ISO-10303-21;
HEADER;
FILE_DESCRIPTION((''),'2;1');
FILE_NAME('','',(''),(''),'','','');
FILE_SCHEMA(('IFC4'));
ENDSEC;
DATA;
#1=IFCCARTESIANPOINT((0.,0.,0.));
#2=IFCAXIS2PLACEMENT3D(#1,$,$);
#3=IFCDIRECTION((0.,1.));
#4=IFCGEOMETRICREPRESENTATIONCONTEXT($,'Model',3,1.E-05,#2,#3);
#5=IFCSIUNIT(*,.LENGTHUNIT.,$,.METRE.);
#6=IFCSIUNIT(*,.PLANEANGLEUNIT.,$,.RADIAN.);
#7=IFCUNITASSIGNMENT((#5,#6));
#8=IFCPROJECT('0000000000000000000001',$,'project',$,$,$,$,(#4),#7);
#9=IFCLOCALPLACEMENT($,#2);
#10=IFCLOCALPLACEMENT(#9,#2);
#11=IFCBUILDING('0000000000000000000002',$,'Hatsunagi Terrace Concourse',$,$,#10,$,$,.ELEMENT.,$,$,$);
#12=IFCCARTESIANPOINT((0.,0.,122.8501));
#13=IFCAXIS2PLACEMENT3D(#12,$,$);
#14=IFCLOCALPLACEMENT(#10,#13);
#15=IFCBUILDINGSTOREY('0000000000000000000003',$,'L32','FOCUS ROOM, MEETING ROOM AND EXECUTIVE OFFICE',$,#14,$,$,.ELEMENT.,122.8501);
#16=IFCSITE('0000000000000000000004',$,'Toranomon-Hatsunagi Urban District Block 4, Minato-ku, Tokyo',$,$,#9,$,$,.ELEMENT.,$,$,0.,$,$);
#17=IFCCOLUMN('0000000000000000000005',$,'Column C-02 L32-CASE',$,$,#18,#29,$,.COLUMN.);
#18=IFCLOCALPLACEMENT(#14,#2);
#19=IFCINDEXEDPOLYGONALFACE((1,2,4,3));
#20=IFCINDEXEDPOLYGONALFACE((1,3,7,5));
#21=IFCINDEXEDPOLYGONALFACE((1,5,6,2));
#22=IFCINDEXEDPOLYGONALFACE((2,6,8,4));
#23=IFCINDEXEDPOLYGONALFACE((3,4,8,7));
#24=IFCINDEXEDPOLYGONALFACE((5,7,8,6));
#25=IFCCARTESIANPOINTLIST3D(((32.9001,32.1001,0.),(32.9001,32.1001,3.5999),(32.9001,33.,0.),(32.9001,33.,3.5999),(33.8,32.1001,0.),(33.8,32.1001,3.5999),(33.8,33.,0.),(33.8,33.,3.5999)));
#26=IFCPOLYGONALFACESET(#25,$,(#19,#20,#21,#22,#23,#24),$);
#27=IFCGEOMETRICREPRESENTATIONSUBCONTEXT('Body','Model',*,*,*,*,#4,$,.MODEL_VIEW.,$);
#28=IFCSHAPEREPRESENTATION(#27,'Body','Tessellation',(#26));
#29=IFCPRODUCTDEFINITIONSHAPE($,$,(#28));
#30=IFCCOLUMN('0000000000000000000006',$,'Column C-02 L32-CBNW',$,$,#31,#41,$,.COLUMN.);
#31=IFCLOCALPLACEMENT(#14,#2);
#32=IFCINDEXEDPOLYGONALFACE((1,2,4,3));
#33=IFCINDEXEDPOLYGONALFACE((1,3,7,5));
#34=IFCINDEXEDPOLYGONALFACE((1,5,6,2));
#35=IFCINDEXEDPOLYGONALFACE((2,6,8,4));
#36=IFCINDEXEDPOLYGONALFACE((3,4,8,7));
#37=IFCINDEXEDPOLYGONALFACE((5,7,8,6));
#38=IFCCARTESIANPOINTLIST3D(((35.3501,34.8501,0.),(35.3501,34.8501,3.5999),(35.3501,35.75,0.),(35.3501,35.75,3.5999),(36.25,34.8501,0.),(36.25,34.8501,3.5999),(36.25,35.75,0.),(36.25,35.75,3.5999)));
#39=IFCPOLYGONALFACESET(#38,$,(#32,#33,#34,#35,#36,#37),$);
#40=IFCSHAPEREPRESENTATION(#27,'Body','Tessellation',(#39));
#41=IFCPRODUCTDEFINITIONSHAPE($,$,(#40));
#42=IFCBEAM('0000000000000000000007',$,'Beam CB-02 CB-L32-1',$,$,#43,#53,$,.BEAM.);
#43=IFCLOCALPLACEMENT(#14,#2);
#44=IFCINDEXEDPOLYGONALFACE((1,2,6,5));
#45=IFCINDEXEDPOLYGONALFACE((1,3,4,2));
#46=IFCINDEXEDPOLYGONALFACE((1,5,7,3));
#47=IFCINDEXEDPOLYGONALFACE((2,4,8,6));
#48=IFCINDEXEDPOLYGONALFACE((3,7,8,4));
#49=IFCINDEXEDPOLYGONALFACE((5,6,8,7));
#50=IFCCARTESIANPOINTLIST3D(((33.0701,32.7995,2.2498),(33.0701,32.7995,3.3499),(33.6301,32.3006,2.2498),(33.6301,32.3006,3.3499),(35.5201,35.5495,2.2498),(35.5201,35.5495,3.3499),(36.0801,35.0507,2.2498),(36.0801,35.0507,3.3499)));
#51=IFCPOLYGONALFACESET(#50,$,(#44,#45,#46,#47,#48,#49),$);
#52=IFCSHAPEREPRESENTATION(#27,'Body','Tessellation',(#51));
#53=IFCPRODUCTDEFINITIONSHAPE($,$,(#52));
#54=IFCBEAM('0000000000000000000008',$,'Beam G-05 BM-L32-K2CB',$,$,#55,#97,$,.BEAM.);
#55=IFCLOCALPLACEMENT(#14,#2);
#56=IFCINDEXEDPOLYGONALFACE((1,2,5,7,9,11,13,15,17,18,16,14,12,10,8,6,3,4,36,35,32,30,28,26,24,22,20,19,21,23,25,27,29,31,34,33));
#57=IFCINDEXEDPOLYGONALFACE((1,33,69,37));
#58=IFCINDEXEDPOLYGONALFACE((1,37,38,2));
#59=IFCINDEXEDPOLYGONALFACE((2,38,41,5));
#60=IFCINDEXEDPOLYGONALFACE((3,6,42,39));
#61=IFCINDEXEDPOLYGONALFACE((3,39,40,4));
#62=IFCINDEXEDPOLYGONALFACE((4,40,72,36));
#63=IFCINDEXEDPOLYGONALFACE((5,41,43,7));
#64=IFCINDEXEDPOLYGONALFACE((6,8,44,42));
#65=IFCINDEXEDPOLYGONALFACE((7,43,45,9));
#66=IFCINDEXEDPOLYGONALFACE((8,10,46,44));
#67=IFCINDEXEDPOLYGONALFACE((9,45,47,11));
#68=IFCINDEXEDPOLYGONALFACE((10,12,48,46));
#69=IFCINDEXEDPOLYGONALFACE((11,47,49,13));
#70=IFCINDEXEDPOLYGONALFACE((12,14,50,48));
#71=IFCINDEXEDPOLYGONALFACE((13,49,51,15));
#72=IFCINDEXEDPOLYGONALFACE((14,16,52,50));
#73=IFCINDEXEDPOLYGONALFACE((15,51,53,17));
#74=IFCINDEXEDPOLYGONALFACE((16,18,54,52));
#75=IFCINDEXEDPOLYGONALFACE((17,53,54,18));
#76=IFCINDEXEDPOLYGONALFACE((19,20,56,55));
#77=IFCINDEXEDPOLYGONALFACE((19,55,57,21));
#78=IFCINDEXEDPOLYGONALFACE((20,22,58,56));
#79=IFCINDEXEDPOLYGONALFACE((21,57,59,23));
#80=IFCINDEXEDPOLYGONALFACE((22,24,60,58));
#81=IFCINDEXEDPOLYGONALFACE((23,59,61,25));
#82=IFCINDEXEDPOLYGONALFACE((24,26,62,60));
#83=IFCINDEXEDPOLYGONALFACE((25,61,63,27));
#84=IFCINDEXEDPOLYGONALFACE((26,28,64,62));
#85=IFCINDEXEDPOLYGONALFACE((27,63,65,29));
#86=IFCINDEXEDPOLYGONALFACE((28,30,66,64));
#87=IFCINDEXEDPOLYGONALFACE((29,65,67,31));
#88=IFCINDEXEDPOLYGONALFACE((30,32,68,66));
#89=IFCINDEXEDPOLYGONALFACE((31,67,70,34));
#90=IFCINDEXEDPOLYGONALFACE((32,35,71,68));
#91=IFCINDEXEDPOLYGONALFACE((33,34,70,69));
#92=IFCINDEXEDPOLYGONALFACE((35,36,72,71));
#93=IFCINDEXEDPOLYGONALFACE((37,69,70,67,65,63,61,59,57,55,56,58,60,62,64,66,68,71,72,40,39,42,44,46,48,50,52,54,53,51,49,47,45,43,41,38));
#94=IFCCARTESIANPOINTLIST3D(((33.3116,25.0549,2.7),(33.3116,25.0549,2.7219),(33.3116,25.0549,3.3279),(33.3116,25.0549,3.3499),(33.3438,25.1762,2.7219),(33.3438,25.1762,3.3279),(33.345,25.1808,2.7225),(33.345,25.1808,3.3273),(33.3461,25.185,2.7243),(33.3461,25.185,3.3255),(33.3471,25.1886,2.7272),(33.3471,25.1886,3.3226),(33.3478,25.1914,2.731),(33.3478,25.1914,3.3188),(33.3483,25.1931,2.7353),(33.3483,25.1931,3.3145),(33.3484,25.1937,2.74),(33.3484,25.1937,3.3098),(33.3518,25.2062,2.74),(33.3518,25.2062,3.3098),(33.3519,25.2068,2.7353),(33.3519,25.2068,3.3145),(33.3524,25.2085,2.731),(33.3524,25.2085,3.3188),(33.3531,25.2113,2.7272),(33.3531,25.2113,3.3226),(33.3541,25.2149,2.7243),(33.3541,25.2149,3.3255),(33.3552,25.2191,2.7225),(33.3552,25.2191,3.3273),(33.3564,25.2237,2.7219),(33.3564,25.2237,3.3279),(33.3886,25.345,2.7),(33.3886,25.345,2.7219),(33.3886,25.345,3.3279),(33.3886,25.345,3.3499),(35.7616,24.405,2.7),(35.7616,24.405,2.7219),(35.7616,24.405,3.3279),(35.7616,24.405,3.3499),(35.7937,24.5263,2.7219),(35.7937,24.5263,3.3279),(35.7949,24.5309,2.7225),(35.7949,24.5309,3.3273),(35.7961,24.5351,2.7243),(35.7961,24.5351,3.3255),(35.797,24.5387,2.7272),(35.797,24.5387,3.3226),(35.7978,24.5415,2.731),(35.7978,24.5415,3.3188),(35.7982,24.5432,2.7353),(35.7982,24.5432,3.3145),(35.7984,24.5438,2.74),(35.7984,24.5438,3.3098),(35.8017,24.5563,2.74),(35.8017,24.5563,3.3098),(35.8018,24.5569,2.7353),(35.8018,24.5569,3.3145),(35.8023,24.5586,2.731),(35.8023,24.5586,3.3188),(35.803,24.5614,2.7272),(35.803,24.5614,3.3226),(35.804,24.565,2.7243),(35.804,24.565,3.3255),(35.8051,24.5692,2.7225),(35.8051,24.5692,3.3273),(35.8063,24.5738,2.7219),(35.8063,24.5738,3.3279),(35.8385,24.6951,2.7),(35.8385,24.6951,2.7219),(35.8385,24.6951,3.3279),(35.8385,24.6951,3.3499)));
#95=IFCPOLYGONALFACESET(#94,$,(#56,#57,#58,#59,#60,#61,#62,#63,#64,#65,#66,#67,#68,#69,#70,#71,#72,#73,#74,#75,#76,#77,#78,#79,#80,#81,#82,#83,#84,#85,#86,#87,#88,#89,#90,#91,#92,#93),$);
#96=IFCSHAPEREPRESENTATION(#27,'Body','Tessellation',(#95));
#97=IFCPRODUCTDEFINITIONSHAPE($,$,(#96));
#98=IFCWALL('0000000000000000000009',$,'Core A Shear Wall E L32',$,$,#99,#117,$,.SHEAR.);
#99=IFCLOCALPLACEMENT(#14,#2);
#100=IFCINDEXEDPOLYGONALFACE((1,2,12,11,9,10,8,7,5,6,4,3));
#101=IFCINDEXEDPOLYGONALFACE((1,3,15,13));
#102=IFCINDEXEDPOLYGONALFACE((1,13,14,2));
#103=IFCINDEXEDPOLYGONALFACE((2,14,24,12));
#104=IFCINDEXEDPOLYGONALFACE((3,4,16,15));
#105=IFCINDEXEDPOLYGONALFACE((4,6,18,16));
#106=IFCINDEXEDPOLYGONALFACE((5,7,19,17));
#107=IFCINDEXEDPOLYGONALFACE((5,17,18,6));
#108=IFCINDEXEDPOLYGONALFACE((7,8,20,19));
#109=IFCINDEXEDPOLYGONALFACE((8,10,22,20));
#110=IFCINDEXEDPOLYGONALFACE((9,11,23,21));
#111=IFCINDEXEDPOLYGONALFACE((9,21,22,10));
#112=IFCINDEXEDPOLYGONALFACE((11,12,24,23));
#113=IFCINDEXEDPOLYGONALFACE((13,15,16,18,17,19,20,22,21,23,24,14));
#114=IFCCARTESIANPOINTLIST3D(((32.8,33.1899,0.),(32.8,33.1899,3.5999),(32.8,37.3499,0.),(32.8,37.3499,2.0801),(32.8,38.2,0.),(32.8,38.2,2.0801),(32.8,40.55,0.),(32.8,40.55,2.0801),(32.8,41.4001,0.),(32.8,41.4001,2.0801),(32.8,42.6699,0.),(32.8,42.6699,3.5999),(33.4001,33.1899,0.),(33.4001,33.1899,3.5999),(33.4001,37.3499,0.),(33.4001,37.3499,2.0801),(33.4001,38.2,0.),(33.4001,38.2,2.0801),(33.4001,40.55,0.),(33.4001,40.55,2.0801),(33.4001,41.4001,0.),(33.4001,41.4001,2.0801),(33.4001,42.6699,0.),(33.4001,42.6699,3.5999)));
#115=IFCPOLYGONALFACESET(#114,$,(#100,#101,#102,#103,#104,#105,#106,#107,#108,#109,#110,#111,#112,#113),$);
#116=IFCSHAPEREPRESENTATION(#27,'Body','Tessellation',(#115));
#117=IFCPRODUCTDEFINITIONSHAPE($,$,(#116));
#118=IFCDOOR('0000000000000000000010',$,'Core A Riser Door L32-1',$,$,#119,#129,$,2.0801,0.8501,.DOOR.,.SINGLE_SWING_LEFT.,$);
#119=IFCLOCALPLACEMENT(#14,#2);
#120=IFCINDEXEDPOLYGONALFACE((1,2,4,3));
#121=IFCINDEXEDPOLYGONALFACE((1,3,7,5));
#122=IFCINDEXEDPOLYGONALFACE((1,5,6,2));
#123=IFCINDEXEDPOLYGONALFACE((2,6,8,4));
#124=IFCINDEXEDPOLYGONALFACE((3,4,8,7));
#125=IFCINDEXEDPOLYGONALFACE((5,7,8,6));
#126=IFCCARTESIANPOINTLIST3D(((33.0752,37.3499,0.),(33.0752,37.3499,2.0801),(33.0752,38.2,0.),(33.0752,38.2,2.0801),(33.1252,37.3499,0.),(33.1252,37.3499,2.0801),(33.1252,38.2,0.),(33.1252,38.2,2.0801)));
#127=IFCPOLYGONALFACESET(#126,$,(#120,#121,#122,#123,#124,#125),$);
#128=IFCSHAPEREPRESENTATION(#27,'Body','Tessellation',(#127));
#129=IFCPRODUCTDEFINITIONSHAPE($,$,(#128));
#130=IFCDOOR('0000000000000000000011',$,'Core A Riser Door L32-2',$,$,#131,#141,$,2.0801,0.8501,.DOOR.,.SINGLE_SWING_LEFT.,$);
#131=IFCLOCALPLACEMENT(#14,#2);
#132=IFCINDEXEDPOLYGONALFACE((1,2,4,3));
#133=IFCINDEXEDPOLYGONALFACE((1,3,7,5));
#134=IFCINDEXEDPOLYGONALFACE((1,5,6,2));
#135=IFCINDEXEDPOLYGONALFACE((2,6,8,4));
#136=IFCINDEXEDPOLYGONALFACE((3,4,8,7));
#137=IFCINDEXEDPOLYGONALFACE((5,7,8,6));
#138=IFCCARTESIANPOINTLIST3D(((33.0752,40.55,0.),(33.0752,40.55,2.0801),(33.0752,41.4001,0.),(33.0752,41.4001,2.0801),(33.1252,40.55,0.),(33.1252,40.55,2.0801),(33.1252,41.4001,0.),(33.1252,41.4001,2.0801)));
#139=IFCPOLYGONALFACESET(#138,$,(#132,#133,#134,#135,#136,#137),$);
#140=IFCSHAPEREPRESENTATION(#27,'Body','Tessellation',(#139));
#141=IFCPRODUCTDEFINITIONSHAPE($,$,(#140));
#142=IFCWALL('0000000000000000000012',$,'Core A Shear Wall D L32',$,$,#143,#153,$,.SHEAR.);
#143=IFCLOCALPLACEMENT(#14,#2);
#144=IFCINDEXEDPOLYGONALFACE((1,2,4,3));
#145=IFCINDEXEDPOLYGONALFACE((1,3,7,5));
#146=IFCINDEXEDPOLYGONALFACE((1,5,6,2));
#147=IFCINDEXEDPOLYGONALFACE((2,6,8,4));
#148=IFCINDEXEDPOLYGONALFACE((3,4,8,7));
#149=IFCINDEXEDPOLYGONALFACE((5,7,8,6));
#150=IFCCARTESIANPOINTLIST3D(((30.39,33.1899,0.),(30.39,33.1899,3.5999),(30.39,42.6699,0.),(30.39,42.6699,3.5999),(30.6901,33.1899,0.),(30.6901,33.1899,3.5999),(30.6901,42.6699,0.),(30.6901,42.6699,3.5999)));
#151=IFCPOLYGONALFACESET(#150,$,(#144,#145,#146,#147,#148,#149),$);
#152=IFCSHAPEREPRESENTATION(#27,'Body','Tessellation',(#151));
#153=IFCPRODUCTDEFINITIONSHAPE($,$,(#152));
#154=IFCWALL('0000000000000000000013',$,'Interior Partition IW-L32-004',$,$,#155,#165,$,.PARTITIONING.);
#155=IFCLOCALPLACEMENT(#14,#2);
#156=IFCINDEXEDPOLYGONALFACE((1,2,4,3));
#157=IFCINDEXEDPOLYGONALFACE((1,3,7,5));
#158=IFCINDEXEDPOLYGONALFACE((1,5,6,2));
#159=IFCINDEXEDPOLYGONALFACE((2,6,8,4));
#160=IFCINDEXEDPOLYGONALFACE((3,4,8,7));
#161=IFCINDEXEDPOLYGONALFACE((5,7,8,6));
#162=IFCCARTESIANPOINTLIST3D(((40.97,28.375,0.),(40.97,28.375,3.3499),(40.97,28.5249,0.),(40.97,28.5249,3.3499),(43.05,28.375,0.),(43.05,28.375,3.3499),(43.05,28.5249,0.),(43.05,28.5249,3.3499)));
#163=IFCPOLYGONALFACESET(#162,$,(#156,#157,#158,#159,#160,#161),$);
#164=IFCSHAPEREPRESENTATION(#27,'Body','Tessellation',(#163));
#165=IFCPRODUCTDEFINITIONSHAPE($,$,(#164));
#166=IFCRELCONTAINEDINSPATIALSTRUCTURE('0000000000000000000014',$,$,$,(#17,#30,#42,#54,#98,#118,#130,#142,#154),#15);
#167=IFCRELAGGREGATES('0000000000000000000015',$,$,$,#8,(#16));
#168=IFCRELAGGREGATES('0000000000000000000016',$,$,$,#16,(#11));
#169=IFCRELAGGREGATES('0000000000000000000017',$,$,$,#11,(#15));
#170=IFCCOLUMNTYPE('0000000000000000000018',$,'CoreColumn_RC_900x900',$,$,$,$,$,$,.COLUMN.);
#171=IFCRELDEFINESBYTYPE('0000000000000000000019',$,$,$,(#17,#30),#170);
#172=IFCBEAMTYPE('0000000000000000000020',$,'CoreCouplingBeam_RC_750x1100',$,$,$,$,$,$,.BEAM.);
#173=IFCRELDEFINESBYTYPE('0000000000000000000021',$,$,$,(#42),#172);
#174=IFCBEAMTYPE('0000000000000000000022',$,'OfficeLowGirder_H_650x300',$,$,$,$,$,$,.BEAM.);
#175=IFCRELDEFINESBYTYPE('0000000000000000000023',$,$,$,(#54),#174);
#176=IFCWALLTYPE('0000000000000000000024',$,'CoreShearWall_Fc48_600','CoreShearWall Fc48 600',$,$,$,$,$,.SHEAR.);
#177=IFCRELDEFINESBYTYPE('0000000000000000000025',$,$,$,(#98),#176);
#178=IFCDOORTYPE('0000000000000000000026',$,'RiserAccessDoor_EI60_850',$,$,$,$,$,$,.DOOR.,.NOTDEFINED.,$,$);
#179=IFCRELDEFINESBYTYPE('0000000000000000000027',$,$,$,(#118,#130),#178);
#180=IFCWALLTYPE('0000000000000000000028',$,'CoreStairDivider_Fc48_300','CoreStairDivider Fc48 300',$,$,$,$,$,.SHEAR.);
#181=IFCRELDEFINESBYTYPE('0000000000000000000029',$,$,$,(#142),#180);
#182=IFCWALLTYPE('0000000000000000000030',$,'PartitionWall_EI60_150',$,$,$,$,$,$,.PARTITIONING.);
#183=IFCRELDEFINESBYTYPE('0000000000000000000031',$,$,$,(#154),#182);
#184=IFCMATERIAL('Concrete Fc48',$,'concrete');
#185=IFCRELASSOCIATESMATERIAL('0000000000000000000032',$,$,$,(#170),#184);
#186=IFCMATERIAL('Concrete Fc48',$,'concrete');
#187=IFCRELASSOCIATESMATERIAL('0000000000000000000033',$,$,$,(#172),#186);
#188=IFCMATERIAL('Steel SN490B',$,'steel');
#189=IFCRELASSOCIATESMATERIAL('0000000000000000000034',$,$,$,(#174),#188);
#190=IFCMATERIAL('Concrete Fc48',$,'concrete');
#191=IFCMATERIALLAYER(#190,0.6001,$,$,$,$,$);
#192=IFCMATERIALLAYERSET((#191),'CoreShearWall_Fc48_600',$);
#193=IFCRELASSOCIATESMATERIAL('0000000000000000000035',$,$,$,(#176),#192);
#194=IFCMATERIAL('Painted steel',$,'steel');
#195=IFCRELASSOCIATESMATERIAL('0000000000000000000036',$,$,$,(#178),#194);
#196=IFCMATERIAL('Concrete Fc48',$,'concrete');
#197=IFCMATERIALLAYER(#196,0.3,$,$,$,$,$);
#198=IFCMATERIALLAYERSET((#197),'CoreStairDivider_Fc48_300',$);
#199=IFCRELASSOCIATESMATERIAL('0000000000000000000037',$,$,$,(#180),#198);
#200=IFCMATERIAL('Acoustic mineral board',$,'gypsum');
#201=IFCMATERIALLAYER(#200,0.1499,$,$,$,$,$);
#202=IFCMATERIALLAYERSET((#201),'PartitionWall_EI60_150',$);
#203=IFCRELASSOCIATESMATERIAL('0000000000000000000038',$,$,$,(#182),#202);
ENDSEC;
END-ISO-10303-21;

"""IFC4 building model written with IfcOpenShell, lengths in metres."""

from ifc_helpers import new_model, si_unit, direction, frame, frame_2d, origin, origin_2d, place, context, subcontext, project, spatial, rectangle, i_section, extrude, material, layer, layer_set, material_profile, profile_set, type_object, element, fill, save


model = new_model("IFC4")

# Units and contexts
model_context = context("Model", 3, precision=1e-05, world=origin(), true_north=direction((0.0, 1.0)))
body_context = subcontext(model_context, "Body", "Model", "MODEL_VIEW")
ifc_project = project(units=[si_unit("LENGTHUNIT", "METRE"), si_unit("PLANEANGLEUNIT", "RADIAN")], contexts=[model_context])

# Site, building, storey
site_placement = place(None, origin())
site = spatial("IfcSite", under=ifc_project, at=site_placement, Name="Toranomon-Hatsunagi Urban District Block 4, Minato-ku, Tokyo", CompositionType="ELEMENT", RefElevation=0.0)
building_placement = place(site_placement, origin())
building = spatial("IfcBuilding", under=site, at=building_placement, Name="Hatsunagi Terrace Concourse", CompositionType="ELEMENT")
storey_placement = place(building_placement, frame((0.0, 0.0, 122.8501)))
storey = spatial("IfcBuildingStorey", under=building, at=storey_placement, Name="L32", Description="FOCUS ROOM, MEETING ROOM AND EXECUTIVE OFFICE", CompositionType="ELEMENT", Elevation=122.8501)

# Columns
ifc_material_1 = material(Name="Concrete Fc48", Category="concrete")
ifc_material_profile_1 = material_profile(ifc_material_1, rectangle(XDim=0.8999, YDim=0.8999, at=origin_2d()), Name="RC-900x900")
ifc_profile_set_1 = profile_set([ifc_material_profile_1], Name="Concrete Fc48")
column_type = type_object("IfcColumnType", Name="CoreColumn_RC_900x900", PredefinedType="COLUMN", material=ifc_profile_set_1)
for number, where, z_axis, x_axis, name in (
    (1, (33.3501, 32.55, 0.0), (0.0, 0.0, 1.0), (1.0, 0.0, 0.0), "Column C-02 L32-CASE"),
    (2, (35.8, 35.3, 0.0), (0.0, 0.0, 1.0), (1.0, 0.0, 0.0), "Column C-02 L32-CBNW"),
):
    element("IfcColumn", number, at=place(storey_placement, frame(where, z_axis=z_axis, x_axis=x_axis)), inside=storey, type_object=column_type, Name=name, PredefinedType="COLUMN", context=body_context, shape_type="SweptSolid", body=[
        extrude(rectangle(XDim=0.8999, YDim=0.8999, at=origin_2d()), origin(), (0.0, 0.0, 1.0), 3.5999),
    ])

# Beams
ifc_material_2 = material(Name="Concrete Fc48", Category="concrete")
ifc_material_profile_2 = material_profile(ifc_material_2, rectangle(XDim=0.75, YDim=1.1001, at=origin_2d()), Name="RC-750x1100")
ifc_profile_set_2 = profile_set([ifc_material_profile_2], Name="Concrete Fc48")
beam_type_1 = type_object("IfcBeamType", Name="CoreCouplingBeam_RC_750x1100", PredefinedType="BEAM", material=ifc_profile_set_2)
beam_1_placement = place(storey_placement, frame((33.3501, 32.55, 2.7998), z_axis=(0.665199, 0.746666, 0.0), x_axis=(-0.746666, 0.665199, 0.0)))
element("IfcBeam", 3, at=beam_1_placement, inside=storey, type_object=beam_type_1, Name="Beam CB-02 CB-L32-1", PredefinedType="BEAM", context=body_context, shape_type="SweptSolid", body=[
    extrude(rectangle(XDim=0.75, YDim=1.1001, at=origin_2d()), origin(), (0.0, 0.0, 1.0), 3.6831),
])
ifc_material_3 = material(Name="Steel SN490B", Category="steel")
ifc_material_profile_3 = material_profile(ifc_material_3, i_section(OverallWidth=0.3, OverallDepth=0.6499, WebThickness=0.0129, FlangeThickness=0.022, FilletRadius=0.0181, at=origin_2d()), Name="H-650x300x13x22")
ifc_profile_set_3 = profile_set([ifc_material_profile_3], Name="Steel SN490B")
beam_type_2 = type_object("IfcBeamType", Name="OfficeLowGirder_H_650x300", PredefinedType="BEAM", material=ifc_profile_set_3)
beam_2_placement = place(storey_placement, frame((33.3501, 25.2, 3.0249), z_axis=(0.96657, -0.256403, 0.0), x_axis=(0.256403, 0.96657, 0.0)))
element("IfcBeam", 4, at=beam_2_placement, inside=storey, type_object=beam_type_2, Name="Beam G-05 BM-L32-K2CB", PredefinedType="BEAM", context=body_context, shape_type="SweptSolid", body=[
    extrude(i_section(OverallWidth=0.3, OverallDepth=0.6499, WebThickness=0.0129, FlangeThickness=0.022, FilletRadius=0.0181, at=origin_2d()), origin(), (0.0, 0.0, 1.0), 2.5347),
])

# Wall, openings, doors
ifc_material_4 = material(Name="Concrete Fc48", Category="concrete")
ifc_layer_1 = layer(ifc_material_4, 0.6001)
ifc_layer_set_1 = layer_set([ifc_layer_1], Name="CoreShearWall_Fc48_600")
wall_type_1 = type_object("IfcWallType", Name="CoreShearWall_Fc48_600", Description="CoreShearWall Fc48 600", PredefinedType="SHEAR", material=ifc_layer_set_1)
wall_1_placement = place(storey_placement, frame((33.1001, 33.1899, 0.0), z_axis=(0.0, 0.0, 1.0), x_axis=(0.0, 1.0, 0.0)))
wall_1 = element("IfcWall", 5, at=wall_1_placement, inside=storey, type_object=wall_type_1, Name="Core A Shear Wall E L32", PredefinedType="SHEAR", context=body_context, shape_type="SweptSolid", body=[
    extrude(rectangle(XDim=9.48, YDim=0.6001, at=frame_2d((4.74, 0.0))), origin(), (0.0, 0.0, 1.0), 3.5999),
])
opening_1_placement = place(wall_1_placement, frame((4.1599, 0.0, 0.0)))
opening_1 = element("IfcOpeningElement", 6, at=opening_1_placement, cuts=wall_1, PredefinedType="OPENING", context=body_context, shape_type="SweptSolid", body=[
    extrude(rectangle(XDim=0.8501, YDim=2.0801, at=frame_2d((0.425, 1.04))), frame((0.0, 0.3101, 0.0), z_axis=(0.0, -1.0, 0.0), x_axis=(1.0, 0.0, 0.0)), (0.0, 0.0, 1.0), 0.6201),
])
opening_2_placement = place(wall_1_placement, frame((7.3601, 0.0, 0.0)))
opening_2 = element("IfcOpeningElement", 7, at=opening_2_placement, cuts=wall_1, PredefinedType="OPENING", context=body_context, shape_type="SweptSolid", body=[
    extrude(rectangle(XDim=0.8501, YDim=2.0801, at=frame_2d((0.425, 1.04))), frame((0.0, 0.3101, 0.0), z_axis=(0.0, -1.0, 0.0), x_axis=(1.0, 0.0, 0.0)), (0.0, 0.0, 1.0), 0.6201),
])
ifc_material_5 = material(Name="Painted steel", Category="steel")
door_type_1 = type_object("IfcDoorType", Name="RiserAccessDoor_EI60_850", OperationType="NOTDEFINED", PredefinedType="DOOR", material=ifc_material_5)
door_1_placement = place(opening_1_placement, origin())
door_1 = element("IfcDoor", 8, at=door_1_placement, inside=storey, type_object=door_type_1, Name="Core A Riser Door L32-1", OperationType="SINGLE_SWING_LEFT", OverallHeight=2.0801, OverallWidth=0.8501, PredefinedType="DOOR", context=body_context, shape_type="SweptSolid", body=[
    extrude(rectangle(XDim=0.8501, YDim=2.0801, at=frame_2d((0.425, 1.04))), frame((0.0, 0.0249, 0.0), z_axis=(0.0, -1.0, 0.0), x_axis=(1.0, 0.0, 0.0)), (0.0, 0.0, 1.0), 0.05),
])
fill(opening_1, door_1)
door_2_placement = place(opening_2_placement, origin())
door_2 = element("IfcDoor", 9, at=door_2_placement, inside=storey, type_object=door_type_1, Name="Core A Riser Door L32-2", OperationType="SINGLE_SWING_LEFT", OverallHeight=2.0801, OverallWidth=0.8501, PredefinedType="DOOR", context=body_context, shape_type="SweptSolid", body=[
    extrude(rectangle(XDim=0.8501, YDim=2.0801, at=frame_2d((0.425, 1.04))), frame((0.0, 0.0249, 0.0), z_axis=(0.0, -1.0, 0.0), x_axis=(1.0, 0.0, 0.0)), (0.0, 0.0, 1.0), 0.05),
])
fill(opening_2, door_2)

# Walls
ifc_material_6 = material(Name="Concrete Fc48", Category="concrete")
ifc_layer_2 = layer(ifc_material_6, 0.3)
ifc_layer_set_2 = layer_set([ifc_layer_2], Name="CoreStairDivider_Fc48_300")
wall_type_2 = type_object("IfcWallType", Name="CoreStairDivider_Fc48_300", Description="CoreStairDivider Fc48 300", PredefinedType="SHEAR", material=ifc_layer_set_2)
wall_2_placement = place(storey_placement, frame((30.54, 33.1899, 0.0), z_axis=(0.0, 0.0, 1.0), x_axis=(0.0, 1.0, 0.0)))
element("IfcWall", 10, at=wall_2_placement, inside=storey, type_object=wall_type_2, Name="Core A Shear Wall D L32", PredefinedType="SHEAR", context=body_context, shape_type="SweptSolid", body=[
    extrude(rectangle(XDim=9.48, YDim=0.3, at=frame_2d((4.74, 0.0))), origin(), (0.0, 0.0, 1.0), 3.5999),
])
ifc_material_7 = material(Name="Acoustic mineral board", Category="gypsum")
ifc_layer_3 = layer(ifc_material_7, 0.1499)
ifc_layer_set_3 = layer_set([ifc_layer_3], Name="PartitionWall_EI60_150")
wall_type_3 = type_object("IfcWallType", Name="PartitionWall_EI60_150", PredefinedType="PARTITIONING", material=ifc_layer_set_3)
wall_3_placement = place(storey_placement, frame((40.97, 28.45, 0.0), z_axis=(0.0, 0.0, 1.0), x_axis=(1.0, 0.0, 0.0)))
element("IfcWall", 11, at=wall_3_placement, inside=storey, type_object=wall_type_3, Name="Interior Partition IW-L32-004", PredefinedType="PARTITIONING", context=body_context, shape_type="SweptSolid", body=[
    extrude(rectangle(XDim=2.0801, YDim=0.1499, at=frame_2d((1.04, 0.0))), origin(), (0.0, 0.0, 1.0), 3.3499),
])

save(model, "model.ifc")
